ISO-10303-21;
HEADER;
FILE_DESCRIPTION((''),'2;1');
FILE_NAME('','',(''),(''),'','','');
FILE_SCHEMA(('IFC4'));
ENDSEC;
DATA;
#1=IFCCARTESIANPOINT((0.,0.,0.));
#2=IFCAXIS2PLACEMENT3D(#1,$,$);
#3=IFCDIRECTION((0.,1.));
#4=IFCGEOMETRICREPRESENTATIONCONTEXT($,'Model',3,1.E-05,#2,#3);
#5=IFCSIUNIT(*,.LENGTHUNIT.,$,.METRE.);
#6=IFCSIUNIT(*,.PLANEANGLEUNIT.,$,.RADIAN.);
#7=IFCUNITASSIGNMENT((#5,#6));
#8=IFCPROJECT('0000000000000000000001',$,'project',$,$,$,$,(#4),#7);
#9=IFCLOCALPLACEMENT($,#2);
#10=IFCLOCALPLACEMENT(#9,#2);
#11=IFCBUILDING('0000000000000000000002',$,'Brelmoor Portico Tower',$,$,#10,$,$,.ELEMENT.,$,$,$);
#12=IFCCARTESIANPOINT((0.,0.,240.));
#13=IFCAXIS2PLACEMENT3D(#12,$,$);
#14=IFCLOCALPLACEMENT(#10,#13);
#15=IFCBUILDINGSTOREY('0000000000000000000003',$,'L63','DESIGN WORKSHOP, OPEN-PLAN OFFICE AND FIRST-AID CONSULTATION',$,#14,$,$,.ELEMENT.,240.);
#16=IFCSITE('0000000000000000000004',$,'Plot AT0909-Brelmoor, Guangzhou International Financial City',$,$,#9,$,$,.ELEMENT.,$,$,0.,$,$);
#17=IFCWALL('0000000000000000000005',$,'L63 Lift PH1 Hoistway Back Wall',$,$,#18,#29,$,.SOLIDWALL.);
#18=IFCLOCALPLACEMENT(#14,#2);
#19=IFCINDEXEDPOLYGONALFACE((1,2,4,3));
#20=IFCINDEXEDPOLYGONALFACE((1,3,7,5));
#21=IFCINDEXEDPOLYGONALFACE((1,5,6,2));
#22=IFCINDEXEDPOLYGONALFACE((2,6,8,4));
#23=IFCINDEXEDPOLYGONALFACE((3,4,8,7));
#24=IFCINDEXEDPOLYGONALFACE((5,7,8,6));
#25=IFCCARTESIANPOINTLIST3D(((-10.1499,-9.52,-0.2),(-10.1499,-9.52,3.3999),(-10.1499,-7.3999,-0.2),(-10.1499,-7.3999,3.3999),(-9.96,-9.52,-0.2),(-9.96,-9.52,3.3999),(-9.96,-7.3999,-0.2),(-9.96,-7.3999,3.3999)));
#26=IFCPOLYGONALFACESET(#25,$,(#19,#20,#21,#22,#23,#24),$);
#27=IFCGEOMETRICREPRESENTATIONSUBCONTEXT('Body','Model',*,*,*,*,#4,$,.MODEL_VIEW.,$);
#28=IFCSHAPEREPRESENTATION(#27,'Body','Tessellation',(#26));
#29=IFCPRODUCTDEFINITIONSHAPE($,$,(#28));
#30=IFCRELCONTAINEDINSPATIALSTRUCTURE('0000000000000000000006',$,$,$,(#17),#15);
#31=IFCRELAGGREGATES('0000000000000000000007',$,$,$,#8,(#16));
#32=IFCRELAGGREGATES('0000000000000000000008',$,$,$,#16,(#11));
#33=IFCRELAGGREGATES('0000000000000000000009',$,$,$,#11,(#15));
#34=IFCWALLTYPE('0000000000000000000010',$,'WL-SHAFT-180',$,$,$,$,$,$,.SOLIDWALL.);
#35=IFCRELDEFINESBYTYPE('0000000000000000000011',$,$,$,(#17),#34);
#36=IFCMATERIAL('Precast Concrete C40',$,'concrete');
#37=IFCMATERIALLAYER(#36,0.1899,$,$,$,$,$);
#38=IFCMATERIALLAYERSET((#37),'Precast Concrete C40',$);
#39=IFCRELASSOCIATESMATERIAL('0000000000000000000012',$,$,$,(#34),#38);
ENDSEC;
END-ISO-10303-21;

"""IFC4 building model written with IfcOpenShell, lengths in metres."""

from ifc_helpers import new_model, si_unit, direction, frame, frame_2d, origin, place, context, subcontext, project, spatial, rectangle, extrude, material, layer, layer_set, type_object, element, save


model = new_model("IFC4")

# Units and contexts
model_context = context("Model", 3, precision=1e-05, world=origin(), true_north=direction((0.0, 1.0)))
body_context = subcontext(model_context, "Body", "Model", "MODEL_VIEW")
ifc_project = project(units=[si_unit("LENGTHUNIT", "METRE"), si_unit("PLANEANGLEUNIT", "RADIAN")], contexts=[model_context])

# Site, building, storey
site_placement = place(None, origin())
site = spatial("IfcSite", under=ifc_project, at=site_placement, Name="Plot AT0909-Brelmoor, Guangzhou International Financial City", CompositionType="ELEMENT", RefElevation=0.0)
building_placement = place(site_placement, origin())
building = spatial("IfcBuilding", under=site, at=building_placement, Name="Brelmoor Portico Tower", CompositionType="ELEMENT")
storey_placement = place(building_placement, frame((0.0, 0.0, 240.0)))
storey = spatial("IfcBuildingStorey", under=building, at=storey_placement, Name="L63", Description="DESIGN WORKSHOP, OPEN-PLAN OFFICE AND FIRST-AID CONSULTATION", CompositionType="ELEMENT", Elevation=240.0)

# Shared definitions
ifc_material_1 = material(Name="Precast Concrete C40", Category="concrete")
ifc_layer_1 = layer(ifc_material_1, 0.1899)
ifc_layer_set_1 = layer_set([ifc_layer_1], Name="Precast Concrete C40")
wall_type_1 = type_object("IfcWallType", Name="WL-SHAFT-180", PredefinedType="SOLIDWALL", material=ifc_layer_set_1)

# Wall
wall_1_placement = place(storey_placement, frame((-10.0549, -9.52, -0.2), z_axis=(0.0, 0.0, 1.0), x_axis=(0.0, 1.0, 0.0)))
element("IfcWall", 1, at=wall_1_placement, inside=storey, type_object=wall_type_1, Name="L63 Lift PH1 Hoistway Back Wall", PredefinedType="SOLIDWALL", context=body_context, shape_type="SweptSolid", body=[
    extrude(rectangle(XDim=2.1201, YDim=0.1899, at=frame_2d((1.0601, 0.0))), origin(), (0.0, 0.0, 1.0), 3.5999),
])

save(model, "model.ifc")
